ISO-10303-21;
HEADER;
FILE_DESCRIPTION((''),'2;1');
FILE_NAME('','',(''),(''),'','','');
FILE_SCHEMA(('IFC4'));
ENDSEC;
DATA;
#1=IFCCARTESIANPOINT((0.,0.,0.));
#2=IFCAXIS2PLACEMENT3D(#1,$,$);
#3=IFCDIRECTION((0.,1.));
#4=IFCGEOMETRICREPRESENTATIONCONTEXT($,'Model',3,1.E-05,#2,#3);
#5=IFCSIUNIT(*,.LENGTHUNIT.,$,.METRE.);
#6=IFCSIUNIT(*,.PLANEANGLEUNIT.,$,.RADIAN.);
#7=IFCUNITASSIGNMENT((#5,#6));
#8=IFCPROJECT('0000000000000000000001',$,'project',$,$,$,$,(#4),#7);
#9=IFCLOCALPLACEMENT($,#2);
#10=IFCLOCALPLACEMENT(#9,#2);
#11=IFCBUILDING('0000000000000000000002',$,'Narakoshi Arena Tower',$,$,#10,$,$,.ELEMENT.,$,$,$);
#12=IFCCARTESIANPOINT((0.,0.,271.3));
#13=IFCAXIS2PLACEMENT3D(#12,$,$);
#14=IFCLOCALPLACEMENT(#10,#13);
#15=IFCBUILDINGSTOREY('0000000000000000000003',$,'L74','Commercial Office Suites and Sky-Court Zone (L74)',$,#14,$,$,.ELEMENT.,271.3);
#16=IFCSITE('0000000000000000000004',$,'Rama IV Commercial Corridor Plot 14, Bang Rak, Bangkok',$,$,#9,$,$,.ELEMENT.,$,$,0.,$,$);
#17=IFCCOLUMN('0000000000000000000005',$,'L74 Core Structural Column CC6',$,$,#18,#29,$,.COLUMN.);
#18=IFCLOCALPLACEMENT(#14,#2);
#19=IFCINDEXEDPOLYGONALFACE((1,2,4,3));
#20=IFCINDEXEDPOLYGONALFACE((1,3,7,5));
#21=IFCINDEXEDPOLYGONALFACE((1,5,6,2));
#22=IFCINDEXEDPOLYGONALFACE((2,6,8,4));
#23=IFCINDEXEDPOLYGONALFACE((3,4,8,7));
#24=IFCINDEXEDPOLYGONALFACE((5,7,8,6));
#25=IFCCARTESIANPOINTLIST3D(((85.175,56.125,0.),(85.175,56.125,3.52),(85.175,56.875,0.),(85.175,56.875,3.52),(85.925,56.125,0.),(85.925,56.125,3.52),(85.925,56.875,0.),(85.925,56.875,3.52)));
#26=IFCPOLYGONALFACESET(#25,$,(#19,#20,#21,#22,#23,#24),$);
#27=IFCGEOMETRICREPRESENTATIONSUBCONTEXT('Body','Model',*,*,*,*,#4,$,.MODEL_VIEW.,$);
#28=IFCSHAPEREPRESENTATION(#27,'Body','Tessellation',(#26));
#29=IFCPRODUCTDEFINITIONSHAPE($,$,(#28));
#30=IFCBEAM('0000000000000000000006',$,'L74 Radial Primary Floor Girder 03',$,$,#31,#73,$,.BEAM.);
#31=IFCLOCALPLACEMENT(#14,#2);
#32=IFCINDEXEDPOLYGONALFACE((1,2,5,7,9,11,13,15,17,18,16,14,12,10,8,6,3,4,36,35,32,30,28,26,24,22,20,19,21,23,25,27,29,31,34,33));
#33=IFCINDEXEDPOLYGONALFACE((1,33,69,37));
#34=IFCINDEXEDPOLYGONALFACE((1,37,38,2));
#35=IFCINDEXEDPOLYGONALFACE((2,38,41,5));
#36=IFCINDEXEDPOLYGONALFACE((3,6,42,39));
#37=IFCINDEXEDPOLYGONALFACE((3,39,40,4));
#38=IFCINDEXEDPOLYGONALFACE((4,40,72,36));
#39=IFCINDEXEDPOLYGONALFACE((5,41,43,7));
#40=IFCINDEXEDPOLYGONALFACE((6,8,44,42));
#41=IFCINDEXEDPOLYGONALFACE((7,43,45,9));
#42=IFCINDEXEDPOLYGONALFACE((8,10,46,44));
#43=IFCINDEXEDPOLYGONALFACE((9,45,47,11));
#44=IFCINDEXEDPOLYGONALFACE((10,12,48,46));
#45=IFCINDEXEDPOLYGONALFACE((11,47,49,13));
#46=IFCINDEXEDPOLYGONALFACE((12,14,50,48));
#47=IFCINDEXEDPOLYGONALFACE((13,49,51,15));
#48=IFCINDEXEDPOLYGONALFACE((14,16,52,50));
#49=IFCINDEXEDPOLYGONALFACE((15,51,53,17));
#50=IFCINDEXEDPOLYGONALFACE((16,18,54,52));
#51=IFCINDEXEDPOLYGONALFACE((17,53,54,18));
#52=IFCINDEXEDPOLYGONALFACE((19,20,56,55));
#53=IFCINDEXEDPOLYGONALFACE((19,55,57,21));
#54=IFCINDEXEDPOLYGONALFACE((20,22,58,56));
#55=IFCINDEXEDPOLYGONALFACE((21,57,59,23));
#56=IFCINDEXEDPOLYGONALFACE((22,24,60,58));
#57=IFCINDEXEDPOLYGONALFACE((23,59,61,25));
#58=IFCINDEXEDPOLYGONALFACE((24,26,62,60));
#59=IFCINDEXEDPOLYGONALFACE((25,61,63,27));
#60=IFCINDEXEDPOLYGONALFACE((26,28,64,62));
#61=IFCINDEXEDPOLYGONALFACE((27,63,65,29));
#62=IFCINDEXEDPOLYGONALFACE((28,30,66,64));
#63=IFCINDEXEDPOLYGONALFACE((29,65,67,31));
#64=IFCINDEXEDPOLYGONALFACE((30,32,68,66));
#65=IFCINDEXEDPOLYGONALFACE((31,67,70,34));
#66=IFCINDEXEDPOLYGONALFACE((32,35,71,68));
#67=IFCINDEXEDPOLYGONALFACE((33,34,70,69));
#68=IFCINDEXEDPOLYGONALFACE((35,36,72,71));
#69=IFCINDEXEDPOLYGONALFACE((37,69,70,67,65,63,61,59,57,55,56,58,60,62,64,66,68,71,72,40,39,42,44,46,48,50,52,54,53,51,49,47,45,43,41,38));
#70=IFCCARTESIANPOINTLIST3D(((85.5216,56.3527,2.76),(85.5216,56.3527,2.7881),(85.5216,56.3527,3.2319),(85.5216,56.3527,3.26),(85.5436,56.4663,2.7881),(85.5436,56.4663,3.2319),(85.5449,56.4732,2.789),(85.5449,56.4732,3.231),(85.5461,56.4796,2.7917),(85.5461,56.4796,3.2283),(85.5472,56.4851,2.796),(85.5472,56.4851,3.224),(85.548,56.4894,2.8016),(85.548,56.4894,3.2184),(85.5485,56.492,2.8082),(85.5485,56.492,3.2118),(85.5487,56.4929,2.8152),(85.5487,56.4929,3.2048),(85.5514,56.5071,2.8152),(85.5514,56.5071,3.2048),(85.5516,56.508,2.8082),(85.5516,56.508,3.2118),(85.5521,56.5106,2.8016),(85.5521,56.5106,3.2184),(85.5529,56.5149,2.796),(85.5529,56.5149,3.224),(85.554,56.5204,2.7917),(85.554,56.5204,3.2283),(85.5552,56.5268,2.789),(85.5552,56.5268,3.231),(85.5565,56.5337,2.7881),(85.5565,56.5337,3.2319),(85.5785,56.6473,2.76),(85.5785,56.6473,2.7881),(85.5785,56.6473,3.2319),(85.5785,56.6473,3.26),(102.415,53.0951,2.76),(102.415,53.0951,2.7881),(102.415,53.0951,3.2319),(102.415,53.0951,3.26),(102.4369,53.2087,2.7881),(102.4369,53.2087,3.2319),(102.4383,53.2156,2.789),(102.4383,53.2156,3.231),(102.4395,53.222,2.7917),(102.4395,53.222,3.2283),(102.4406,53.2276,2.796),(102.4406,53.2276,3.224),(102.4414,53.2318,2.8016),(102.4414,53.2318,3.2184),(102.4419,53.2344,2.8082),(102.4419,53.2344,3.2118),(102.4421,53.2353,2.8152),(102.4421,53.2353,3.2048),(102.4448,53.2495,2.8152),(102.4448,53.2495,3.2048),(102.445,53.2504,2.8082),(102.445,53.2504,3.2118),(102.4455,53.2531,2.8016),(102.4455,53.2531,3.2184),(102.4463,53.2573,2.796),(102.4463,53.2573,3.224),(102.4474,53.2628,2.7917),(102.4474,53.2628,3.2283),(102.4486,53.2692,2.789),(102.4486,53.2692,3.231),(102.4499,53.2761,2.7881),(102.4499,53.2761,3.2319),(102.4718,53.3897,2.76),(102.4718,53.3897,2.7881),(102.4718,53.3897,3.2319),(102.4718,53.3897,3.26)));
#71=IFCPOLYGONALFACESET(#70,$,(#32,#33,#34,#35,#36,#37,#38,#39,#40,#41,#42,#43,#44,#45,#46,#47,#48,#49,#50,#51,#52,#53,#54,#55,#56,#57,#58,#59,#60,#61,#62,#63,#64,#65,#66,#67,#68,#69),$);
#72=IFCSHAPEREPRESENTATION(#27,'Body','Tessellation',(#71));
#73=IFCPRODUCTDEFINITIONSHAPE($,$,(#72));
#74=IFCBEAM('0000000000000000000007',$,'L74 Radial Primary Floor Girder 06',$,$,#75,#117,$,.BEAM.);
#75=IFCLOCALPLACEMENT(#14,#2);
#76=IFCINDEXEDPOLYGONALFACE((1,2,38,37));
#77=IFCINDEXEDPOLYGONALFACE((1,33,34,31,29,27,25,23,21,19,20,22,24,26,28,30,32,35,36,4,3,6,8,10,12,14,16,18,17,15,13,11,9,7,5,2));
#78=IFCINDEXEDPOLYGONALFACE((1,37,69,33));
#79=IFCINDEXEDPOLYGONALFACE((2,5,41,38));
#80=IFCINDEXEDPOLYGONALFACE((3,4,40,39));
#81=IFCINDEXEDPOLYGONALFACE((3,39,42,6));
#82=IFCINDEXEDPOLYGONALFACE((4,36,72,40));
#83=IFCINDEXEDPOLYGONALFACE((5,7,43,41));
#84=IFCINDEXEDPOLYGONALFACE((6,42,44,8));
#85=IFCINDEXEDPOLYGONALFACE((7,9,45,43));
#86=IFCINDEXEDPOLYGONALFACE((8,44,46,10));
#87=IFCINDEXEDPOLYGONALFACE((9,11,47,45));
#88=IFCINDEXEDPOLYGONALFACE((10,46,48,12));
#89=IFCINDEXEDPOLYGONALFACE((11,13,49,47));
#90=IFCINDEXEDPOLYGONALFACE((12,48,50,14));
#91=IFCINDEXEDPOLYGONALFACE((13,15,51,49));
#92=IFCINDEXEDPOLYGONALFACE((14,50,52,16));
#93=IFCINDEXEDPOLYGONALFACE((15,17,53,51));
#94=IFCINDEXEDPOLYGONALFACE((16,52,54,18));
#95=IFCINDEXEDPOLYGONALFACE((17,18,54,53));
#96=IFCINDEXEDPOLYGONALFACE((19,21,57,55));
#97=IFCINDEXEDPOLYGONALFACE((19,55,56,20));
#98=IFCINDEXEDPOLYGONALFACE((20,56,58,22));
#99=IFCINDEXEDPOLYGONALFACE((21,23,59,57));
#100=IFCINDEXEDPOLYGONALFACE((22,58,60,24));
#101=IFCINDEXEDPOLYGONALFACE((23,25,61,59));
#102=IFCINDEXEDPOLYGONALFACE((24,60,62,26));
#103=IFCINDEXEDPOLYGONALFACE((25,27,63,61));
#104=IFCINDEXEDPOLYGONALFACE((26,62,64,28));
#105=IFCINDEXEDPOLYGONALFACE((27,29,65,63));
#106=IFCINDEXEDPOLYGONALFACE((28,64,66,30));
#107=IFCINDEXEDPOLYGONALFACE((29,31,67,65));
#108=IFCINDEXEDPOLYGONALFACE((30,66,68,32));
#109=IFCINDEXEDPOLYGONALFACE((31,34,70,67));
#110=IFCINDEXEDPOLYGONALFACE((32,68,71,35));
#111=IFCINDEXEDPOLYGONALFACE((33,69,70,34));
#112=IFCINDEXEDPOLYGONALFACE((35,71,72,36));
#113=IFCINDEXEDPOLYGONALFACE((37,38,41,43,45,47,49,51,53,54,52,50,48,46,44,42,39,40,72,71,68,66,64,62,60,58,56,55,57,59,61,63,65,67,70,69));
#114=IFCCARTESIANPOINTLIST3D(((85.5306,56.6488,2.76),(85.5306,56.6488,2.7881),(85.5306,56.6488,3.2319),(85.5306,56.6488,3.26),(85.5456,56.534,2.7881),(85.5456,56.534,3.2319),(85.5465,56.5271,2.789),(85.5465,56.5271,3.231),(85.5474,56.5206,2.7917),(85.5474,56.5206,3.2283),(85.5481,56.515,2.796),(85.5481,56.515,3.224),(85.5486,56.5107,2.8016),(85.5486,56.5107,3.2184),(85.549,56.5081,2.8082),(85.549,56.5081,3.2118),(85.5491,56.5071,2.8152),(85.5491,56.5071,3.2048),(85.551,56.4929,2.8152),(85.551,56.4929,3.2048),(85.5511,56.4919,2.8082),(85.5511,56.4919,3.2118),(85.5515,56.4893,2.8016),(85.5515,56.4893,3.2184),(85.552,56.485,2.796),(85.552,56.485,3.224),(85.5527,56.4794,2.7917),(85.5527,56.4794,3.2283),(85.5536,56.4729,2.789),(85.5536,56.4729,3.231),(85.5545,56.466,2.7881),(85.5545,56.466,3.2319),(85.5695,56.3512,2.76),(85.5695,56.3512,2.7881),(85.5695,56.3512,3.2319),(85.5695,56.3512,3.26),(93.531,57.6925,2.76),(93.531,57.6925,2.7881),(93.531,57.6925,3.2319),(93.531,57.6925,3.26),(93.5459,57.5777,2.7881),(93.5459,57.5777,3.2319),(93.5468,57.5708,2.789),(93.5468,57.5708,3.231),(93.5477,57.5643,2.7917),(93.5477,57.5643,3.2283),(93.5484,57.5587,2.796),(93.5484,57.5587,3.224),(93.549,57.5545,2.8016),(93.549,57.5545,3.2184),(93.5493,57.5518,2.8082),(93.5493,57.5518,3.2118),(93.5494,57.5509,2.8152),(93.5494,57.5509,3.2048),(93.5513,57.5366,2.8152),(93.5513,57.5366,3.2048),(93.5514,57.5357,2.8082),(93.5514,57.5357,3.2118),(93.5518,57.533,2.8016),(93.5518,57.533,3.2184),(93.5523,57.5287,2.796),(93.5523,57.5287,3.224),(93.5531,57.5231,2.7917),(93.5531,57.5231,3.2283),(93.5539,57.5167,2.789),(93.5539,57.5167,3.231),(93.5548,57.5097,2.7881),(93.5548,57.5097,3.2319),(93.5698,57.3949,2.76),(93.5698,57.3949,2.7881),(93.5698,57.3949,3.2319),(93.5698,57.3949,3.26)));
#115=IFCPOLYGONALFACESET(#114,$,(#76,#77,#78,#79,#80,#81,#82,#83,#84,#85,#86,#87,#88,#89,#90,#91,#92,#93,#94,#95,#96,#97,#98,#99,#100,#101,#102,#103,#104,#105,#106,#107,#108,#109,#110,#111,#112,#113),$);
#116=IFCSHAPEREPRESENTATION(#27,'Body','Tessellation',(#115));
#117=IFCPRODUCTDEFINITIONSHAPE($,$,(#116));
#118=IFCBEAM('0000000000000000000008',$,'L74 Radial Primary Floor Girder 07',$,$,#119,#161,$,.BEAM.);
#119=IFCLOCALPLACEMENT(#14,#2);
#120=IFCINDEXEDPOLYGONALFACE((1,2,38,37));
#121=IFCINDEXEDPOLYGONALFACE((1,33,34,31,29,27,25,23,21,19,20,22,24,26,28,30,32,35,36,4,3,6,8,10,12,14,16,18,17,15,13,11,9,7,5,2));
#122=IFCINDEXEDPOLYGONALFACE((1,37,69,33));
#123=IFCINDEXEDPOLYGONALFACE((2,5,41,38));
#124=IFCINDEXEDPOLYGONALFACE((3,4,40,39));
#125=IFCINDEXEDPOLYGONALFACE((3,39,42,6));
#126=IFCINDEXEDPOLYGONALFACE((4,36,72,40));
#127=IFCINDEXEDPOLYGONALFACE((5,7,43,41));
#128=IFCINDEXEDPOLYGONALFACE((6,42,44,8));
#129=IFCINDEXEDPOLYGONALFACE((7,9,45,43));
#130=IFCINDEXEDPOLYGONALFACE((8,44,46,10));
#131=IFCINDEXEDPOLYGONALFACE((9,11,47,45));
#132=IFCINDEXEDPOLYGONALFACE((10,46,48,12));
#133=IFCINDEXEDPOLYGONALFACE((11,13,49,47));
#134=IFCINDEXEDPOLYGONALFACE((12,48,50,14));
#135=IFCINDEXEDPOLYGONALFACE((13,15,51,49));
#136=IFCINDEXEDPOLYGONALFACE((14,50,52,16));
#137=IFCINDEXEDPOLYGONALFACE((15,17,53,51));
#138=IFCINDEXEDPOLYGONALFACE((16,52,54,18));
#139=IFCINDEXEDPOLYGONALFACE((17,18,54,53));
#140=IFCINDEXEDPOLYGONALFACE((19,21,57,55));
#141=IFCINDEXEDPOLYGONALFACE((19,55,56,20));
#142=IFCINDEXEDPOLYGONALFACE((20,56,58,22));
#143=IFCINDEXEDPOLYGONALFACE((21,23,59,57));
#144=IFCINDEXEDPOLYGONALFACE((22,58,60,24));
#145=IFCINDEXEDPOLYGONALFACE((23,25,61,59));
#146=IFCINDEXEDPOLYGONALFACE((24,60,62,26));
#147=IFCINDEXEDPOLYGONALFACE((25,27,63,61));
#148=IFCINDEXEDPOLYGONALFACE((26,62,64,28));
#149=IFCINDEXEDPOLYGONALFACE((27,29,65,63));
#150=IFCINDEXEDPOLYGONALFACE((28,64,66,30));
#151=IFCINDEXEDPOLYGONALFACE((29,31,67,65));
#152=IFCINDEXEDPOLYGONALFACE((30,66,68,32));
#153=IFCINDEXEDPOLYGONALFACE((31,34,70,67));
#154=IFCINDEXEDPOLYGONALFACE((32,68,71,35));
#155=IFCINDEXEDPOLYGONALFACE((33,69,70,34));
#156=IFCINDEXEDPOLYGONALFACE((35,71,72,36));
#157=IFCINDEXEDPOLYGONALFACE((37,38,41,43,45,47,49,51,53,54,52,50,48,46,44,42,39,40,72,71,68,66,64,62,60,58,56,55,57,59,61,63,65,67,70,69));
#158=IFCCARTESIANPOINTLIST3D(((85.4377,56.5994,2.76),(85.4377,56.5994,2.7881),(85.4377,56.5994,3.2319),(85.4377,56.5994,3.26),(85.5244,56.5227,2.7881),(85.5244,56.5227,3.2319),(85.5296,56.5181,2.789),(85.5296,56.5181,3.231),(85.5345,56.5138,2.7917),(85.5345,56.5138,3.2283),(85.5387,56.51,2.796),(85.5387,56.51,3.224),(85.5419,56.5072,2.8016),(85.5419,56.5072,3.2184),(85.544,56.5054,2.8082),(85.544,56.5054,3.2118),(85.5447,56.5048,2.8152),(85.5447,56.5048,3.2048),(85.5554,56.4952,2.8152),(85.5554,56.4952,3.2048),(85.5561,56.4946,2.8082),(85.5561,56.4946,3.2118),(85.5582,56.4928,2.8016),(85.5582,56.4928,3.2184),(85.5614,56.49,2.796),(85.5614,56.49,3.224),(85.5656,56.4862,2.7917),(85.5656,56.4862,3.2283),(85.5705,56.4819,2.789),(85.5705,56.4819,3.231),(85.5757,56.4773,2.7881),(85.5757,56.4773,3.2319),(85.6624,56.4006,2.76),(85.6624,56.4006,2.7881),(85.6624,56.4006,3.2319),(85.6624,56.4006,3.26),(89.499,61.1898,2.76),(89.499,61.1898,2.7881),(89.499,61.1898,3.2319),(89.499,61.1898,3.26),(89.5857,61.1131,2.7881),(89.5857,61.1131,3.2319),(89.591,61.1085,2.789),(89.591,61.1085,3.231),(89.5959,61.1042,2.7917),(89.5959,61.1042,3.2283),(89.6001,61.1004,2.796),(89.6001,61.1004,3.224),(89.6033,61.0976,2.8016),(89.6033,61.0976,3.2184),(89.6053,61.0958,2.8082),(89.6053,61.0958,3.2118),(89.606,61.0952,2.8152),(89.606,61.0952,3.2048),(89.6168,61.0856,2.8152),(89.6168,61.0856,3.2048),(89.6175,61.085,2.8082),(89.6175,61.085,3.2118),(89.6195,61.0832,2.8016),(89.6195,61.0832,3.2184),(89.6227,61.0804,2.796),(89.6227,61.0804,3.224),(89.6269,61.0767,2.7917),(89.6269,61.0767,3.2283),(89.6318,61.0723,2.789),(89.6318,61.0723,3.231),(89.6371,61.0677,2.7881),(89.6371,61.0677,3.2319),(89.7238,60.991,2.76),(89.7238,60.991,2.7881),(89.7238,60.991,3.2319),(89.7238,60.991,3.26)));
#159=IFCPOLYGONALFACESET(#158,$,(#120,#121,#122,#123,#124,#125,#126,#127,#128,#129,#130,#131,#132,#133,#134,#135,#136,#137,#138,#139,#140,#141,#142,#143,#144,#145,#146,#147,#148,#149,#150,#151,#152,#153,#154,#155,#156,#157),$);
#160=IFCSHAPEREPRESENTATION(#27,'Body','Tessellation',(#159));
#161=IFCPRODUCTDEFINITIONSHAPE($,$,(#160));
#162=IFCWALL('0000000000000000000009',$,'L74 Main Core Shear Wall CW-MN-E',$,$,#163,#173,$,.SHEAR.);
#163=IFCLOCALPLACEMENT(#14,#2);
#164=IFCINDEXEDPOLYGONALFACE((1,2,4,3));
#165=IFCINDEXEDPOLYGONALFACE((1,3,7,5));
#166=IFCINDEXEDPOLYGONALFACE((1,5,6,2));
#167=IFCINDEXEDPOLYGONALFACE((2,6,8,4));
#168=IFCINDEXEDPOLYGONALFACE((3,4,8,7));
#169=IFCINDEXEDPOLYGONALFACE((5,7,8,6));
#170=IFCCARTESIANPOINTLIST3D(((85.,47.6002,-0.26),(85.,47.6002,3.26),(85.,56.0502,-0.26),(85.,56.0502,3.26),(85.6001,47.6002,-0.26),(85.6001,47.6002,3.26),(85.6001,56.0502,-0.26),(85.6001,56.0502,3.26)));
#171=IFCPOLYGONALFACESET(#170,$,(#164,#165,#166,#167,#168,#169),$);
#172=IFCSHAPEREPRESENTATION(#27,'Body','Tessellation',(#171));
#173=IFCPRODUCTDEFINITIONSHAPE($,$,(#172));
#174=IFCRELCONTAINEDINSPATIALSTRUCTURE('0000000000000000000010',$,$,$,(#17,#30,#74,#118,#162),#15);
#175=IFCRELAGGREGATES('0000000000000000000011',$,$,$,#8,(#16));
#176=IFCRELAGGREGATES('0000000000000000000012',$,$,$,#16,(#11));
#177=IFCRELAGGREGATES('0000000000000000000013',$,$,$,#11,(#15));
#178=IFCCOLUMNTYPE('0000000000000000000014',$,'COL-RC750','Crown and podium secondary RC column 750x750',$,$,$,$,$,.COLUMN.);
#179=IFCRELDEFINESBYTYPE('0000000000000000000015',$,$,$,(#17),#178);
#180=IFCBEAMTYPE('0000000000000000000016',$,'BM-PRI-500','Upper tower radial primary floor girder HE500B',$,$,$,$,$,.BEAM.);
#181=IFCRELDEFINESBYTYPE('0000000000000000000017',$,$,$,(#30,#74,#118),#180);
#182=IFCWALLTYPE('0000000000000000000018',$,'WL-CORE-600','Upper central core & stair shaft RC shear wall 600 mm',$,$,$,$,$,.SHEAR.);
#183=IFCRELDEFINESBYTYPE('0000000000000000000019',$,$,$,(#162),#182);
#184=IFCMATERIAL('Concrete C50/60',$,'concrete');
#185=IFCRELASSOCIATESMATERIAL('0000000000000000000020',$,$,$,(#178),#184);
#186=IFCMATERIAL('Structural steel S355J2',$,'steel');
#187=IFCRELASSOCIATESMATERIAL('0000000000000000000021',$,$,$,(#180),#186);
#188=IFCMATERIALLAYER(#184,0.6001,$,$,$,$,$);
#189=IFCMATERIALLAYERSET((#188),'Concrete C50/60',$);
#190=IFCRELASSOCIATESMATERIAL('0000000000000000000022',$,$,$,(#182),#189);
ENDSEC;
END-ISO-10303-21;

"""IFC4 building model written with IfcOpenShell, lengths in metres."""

from ifc_helpers import new_model, si_unit, direction, frame, frame_2d, origin, origin_2d, place, context, subcontext, project, spatial, rectangle, i_section, extrude, material, layer, layer_set, material_profile, profile_set, type_object, element, save


model = new_model("IFC4")

# Units and contexts
model_context = context("Model", 3, precision=1e-05, world=origin(), true_north=direction((0.0, 1.0)))
body_context = subcontext(model_context, "Body", "Model", "MODEL_VIEW")
ifc_project = project(units=[si_unit("LENGTHUNIT", "METRE"), si_unit("PLANEANGLEUNIT", "RADIAN")], contexts=[model_context])

# Site, building, storey
site_placement = place(None, origin())
site = spatial("IfcSite", under=ifc_project, at=site_placement, Name="Rama IV Commercial Corridor Plot 14, Bang Rak, Bangkok", CompositionType="ELEMENT", RefElevation=0.0)
building_placement = place(site_placement, origin())
building = spatial("IfcBuilding", under=site, at=building_placement, Name="Narakoshi Arena Tower", CompositionType="ELEMENT")
storey_placement = place(building_placement, frame((0.0, 0.0, 271.3)))
storey = spatial("IfcBuildingStorey", under=building, at=storey_placement, Name="L74", Description="Commercial Office Suites and Sky-Court Zone (L74)", CompositionType="ELEMENT", Elevation=271.3)

# Column
ifc_material_1 = material(Name="Concrete C50/60", Category="concrete")
ifc_material_profile_1 = material_profile(ifc_material_1, rectangle(XDim=0.75, YDim=0.75, at=origin_2d()), Name="RC750x750")
ifc_profile_set_1 = profile_set([ifc_material_profile_1], Name="Concrete C50/60")
column_type = type_object("IfcColumnType", Name="COL-RC750", Description="Crown and podium secondary RC column 750x750", PredefinedType="COLUMN", material=ifc_profile_set_1)
column_placement = place(storey_placement, frame((85.55, 56.5, 0.0), z_axis=(0.0, 0.0, 1.0), x_axis=(1.0, 0.0, 0.0)))
element("IfcColumn", 1, at=column_placement, inside=storey, type_object=column_type, Name="L74 Core Structural Column CC6", PredefinedType="COLUMN", context=body_context, shape_type="SweptSolid", body=[
    extrude(rectangle(XDim=0.75, YDim=0.75, at=origin_2d()), origin(), (0.0, 0.0, 1.0), 3.52),
])

# Beams
ifc_material_2 = material(Name="Structural steel S355J2", Category="steel")
ifc_material_profile_2 = material_profile(ifc_material_2, i_section(OverallWidth=0.3, OverallDepth=0.5, WebThickness=0.0144, FlangeThickness=0.0281, FilletRadius=0.0271, at=origin_2d()), Name="HE500B")
ifc_profile_set_2 = profile_set([ifc_material_profile_2], Name="Structural steel S355J2")
beam_type = type_object("IfcBeamType", Name="BM-PRI-500", Description="Upper tower radial primary floor girder HE500B", PredefinedType="BEAM", material=ifc_profile_set_2)
beam_1_placement = place(storey_placement, frame((85.55, 56.5, 3.01), z_axis=(0.981911, -0.189344, 0.0), x_axis=(0.189344, 0.981911, 0.0)))
element("IfcBeam", 2, at=beam_1_placement, inside=storey, type_object=beam_type, Name="L74 Radial Primary Floor Girder 03", PredefinedType="BEAM", context=body_context, shape_type="SweptSolid", body=[
    extrude(i_section(OverallWidth=0.3, OverallDepth=0.5, WebThickness=0.0144, FlangeThickness=0.0281, FilletRadius=0.0271, at=origin_2d()), origin(), (0.0, 0.0, 1.0), 17.2046),
])
beam_2_placement = place(storey_placement, frame((85.55, 56.5, 3.01), z_axis=(0.991597, 0.129362, 0.0), x_axis=(-0.129362, 0.991597, 0.0)))
element("IfcBeam", 3, at=beam_2_placement, inside=storey, type_object=beam_type, Name="L74 Radial Primary Floor Girder 06", PredefinedType="BEAM", context=body_context, shape_type="SweptSolid", body=[
    extrude(i_section(OverallWidth=0.3, OverallDepth=0.5, WebThickness=0.0144, FlangeThickness=0.0281, FilletRadius=0.0271, at=origin_2d()), origin(), (0.0, 0.0, 1.0), 8.0681),
])
beam_3_placement = place(storey_placement, frame((85.55, 56.5, 3.01), z_axis=(0.662629, 0.748948, 0.0), x_axis=(-0.748948, 0.662629, 0.0)))
element("IfcBeam", 4, at=beam_3_placement, inside=storey, type_object=beam_type, Name="L74 Radial Primary Floor Girder 07", PredefinedType="BEAM", context=body_context, shape_type="SweptSolid", body=[
    extrude(i_section(OverallWidth=0.3, OverallDepth=0.5, WebThickness=0.0144, FlangeThickness=0.0281, FilletRadius=0.0271, at=origin_2d()), origin(), (0.0, 0.0, 1.0), 6.1292),
])

# Wall
ifc_layer_1 = layer(ifc_material_1, 0.6001)
ifc_layer_set_1 = layer_set([ifc_layer_1], Name="Concrete C50/60")
wall_type_1 = type_object("IfcWallType", Name="WL-CORE-600", Description="Upper central core & stair shaft RC shear wall 600 mm", PredefinedType="SHEAR", material=ifc_layer_set_1)
wall_1_placement = place(storey_placement, frame((85.3, 47.6001, -0.26), z_axis=(0.0, 0.0, 1.0), x_axis=(0.0, 1.0, 0.0)))
element("IfcWall", 5, at=wall_1_placement, inside=storey, type_object=wall_type_1, Name="L74 Main Core Shear Wall CW-MN-E", PredefinedType="SHEAR", context=body_context, shape_type="SweptSolid", body=[
    extrude(rectangle(XDim=8.45, YDim=0.6001, at=frame_2d((4.2251, 0.0))), origin(), (0.0, 0.0, 1.0), 3.52),
])

save(model, "model.ifc")
